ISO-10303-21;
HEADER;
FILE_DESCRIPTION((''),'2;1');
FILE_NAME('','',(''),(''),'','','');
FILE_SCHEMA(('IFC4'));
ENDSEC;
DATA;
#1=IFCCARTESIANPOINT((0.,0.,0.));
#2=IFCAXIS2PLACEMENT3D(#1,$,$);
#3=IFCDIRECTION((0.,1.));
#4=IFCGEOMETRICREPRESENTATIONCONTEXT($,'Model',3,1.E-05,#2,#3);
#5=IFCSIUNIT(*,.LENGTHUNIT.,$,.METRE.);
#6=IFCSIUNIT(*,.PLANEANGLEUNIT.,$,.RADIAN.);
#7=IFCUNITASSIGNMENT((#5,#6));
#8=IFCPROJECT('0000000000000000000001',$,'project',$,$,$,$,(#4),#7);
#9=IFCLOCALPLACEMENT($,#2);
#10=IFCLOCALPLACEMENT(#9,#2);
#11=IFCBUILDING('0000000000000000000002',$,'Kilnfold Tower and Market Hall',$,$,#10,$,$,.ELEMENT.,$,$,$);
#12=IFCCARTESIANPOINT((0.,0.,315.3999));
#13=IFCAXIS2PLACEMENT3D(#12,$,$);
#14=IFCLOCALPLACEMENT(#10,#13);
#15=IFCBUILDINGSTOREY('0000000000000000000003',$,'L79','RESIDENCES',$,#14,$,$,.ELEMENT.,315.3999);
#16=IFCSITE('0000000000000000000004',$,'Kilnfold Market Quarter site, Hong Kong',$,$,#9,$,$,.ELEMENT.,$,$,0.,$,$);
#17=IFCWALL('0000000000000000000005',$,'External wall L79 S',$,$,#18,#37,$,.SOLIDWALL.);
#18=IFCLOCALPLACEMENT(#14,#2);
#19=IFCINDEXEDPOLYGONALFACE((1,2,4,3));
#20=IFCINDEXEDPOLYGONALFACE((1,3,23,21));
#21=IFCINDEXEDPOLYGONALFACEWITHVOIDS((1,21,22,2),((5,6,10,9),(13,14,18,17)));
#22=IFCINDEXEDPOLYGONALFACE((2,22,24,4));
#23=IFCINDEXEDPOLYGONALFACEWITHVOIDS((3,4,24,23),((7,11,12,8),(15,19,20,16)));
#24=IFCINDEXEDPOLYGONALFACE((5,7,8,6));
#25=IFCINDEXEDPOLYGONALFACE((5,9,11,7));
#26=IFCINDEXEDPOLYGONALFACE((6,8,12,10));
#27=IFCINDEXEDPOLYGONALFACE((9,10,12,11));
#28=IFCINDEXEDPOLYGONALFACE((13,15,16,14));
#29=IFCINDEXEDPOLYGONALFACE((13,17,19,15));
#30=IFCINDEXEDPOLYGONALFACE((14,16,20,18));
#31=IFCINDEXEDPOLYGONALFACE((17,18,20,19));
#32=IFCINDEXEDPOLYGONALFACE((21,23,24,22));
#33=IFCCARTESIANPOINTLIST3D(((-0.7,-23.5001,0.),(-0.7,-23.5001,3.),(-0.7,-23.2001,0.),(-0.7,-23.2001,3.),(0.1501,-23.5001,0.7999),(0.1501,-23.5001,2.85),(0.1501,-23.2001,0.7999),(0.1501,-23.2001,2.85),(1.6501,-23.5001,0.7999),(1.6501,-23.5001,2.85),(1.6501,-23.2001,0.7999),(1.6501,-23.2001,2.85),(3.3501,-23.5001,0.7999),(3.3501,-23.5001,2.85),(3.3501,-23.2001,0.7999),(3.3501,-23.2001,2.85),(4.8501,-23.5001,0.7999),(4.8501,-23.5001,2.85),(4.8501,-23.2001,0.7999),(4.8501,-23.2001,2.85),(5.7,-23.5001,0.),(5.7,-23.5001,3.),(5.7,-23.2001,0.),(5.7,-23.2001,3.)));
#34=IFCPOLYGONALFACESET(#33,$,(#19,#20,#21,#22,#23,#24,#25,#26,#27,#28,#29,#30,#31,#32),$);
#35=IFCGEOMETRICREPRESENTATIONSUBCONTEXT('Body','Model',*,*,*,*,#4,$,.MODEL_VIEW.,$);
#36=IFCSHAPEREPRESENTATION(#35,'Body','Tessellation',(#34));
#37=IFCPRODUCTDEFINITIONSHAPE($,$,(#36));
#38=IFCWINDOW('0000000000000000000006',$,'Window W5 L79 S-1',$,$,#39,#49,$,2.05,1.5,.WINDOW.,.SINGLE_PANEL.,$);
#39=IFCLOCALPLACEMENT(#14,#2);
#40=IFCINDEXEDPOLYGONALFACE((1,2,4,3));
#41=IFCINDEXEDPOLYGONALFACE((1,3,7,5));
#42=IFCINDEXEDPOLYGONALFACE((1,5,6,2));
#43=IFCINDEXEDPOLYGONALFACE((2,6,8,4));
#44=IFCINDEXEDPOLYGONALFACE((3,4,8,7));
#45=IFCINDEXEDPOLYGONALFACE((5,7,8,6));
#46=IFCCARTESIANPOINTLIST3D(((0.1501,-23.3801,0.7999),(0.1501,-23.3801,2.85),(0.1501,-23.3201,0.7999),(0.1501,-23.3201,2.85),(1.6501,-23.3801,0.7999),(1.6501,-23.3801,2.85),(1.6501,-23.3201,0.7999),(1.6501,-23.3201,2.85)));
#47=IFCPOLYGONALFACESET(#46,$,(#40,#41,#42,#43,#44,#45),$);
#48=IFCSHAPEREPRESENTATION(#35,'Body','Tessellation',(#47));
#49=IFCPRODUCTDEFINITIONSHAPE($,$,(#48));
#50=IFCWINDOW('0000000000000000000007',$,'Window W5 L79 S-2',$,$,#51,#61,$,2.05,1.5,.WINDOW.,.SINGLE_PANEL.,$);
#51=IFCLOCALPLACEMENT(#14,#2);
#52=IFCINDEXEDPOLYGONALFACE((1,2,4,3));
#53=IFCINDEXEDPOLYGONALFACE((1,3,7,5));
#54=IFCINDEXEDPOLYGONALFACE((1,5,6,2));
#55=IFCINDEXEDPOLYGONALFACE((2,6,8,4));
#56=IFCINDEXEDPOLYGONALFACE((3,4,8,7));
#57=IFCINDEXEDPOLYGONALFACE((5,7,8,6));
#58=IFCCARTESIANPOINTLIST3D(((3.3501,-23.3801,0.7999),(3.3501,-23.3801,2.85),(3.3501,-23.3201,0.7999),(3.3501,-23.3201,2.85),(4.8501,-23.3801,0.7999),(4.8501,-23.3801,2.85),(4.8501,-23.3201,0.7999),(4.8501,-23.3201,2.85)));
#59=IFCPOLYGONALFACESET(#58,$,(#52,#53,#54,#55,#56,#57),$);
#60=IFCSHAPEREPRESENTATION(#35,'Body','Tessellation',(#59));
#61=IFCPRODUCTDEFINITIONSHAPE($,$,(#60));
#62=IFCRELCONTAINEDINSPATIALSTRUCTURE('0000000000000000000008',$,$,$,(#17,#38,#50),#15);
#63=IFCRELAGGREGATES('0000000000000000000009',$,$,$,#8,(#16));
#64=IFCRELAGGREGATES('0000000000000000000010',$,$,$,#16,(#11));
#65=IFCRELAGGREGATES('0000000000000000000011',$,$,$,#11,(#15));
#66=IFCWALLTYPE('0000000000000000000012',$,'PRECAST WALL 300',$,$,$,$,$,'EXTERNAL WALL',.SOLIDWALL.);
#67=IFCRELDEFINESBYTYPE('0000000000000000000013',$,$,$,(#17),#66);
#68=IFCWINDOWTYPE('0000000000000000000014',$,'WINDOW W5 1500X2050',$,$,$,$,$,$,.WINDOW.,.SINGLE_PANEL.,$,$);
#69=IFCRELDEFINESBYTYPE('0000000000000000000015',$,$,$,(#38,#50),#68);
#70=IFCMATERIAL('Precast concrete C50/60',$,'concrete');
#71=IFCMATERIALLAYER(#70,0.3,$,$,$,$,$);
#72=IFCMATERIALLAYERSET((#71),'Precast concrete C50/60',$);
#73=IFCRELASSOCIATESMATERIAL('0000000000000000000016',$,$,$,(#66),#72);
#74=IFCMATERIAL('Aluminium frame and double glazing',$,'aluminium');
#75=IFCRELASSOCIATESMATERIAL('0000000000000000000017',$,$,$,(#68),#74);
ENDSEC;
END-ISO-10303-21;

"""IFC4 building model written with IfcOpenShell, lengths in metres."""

from ifc_helpers import new_model, si_unit, direction, frame, frame_2d, origin, place, context, subcontext, project, spatial, rectangle, extrude, source, transform, mapped, material, layer, layer_set, type_object, element, fill, save


model = new_model("IFC4")

# Units and contexts
model_context = context("Model", 3, precision=1e-05, world=origin(), true_north=direction((0.0, 1.0)))
body_context = subcontext(model_context, "Body", "Model", "MODEL_VIEW")
ifc_project = project(units=[si_unit("LENGTHUNIT", "METRE"), si_unit("PLANEANGLEUNIT", "RADIAN")], contexts=[model_context])

# Site, building, storey
site_placement = place(None, origin())
site = spatial("IfcSite", under=ifc_project, at=site_placement, Name="Kilnfold Market Quarter site, Hong Kong", CompositionType="ELEMENT", RefElevation=0.0)
building_placement = place(site_placement, origin())
building = spatial("IfcBuilding", under=site, at=building_placement, Name="Kilnfold Tower and Market Hall", CompositionType="ELEMENT")
storey_placement = place(building_placement, frame((0.0, 0.0, 315.3999)))
storey = spatial("IfcBuildingStorey", under=building, at=storey_placement, Name="L79", Description="RESIDENCES", CompositionType="ELEMENT", Elevation=315.3999)

# Wall, openings, windows
ifc_material_1 = material(Name="Precast concrete C50/60", Category="concrete")
ifc_layer_1 = layer(ifc_material_1, 0.3)
ifc_layer_set_1 = layer_set([ifc_layer_1], Name="Precast concrete C50/60")
wall_type_1 = type_object("IfcWallType", Name="PRECAST WALL 300", ElementType="EXTERNAL WALL", PredefinedType="SOLIDWALL", material=ifc_layer_set_1)
shared_shape_1 = source(origin(), body_context, "Body", "SweptSolid", [
    extrude(rectangle(XDim=6.3999, YDim=0.3, at=frame_2d((3.2, 0.0))), origin(), (0.0, 0.0, 1.0), 3.0),
])
ifc_material_2 = material(Name="Aluminium frame and double glazing", Category="aluminium")
window_type = type_object("IfcWindowType", Name="WINDOW W5 1500X2050", PartitioningType="SINGLE_PANEL", PredefinedType="WINDOW", material=ifc_material_2)
wall_1_placement = place(storey_placement, frame((-0.7, -23.3501, 0.0), z_axis=(0.0, 0.0, 1.0), x_axis=(1.0, 0.0, 0.0)))
wall_1 = element("IfcWall", 1, at=wall_1_placement, inside=storey, type_object=wall_type_1, Name="External wall L79 S", PredefinedType="SOLIDWALL", context=body_context, shape_type="MappedRepresentation", body=[
    mapped(shared_shape_1, transform((0.0, 0.0, 0.0))),
])
opening_1_placement = place(wall_1_placement, frame((0.8501, 0.0, 0.8)))
opening_1 = element("IfcOpeningElement", 2, at=opening_1_placement, cuts=wall_1, PredefinedType="OPENING", context=body_context, shape_type="SweptSolid", body=[
    extrude(rectangle(XDim=1.5, YDim=2.05, at=frame_2d((0.75, 1.0249))), frame((0.0, 0.1602, 0.0), z_axis=(0.0, -1.0, 0.0), x_axis=(1.0, 0.0, 0.0)), (0.0, 0.0, 1.0), 0.3201),
])
opening_2_placement = place(wall_1_placement, frame((4.05, 0.0, 0.8)))
opening_2 = element("IfcOpeningElement", 3, at=opening_2_placement, cuts=wall_1, PredefinedType="OPENING", context=body_context, shape_type="SweptSolid", body=[
    extrude(rectangle(XDim=1.5, YDim=2.05, at=frame_2d((0.75, 1.0249))), frame((0.0, 0.1602, 0.0), z_axis=(0.0, -1.0, 0.0), x_axis=(1.0, 0.0, 0.0)), (0.0, 0.0, 1.0), 0.3201),
])
window_1_placement = place(opening_1_placement, origin())
window_1 = element("IfcWindow", 4, at=window_1_placement, inside=storey, type_object=window_type, Name="Window W5 L79 S-1", OverallHeight=2.05, OverallWidth=1.5, PartitioningType="SINGLE_PANEL", PredefinedType="WINDOW", context=body_context, shape_type="SweptSolid", body=[
    extrude(rectangle(XDim=1.5, YDim=2.05, at=frame_2d((0.75, 1.0249))), frame((0.0, 0.03, 0.0), z_axis=(0.0, -1.0, 0.0), x_axis=(1.0, 0.0, 0.0)), (0.0, 0.0, 1.0), 0.0601),
])
fill(opening_1, window_1)
window_2_placement = place(opening_2_placement, origin())
window_2 = element("IfcWindow", 5, at=window_2_placement, inside=storey, type_object=window_type, Name="Window W5 L79 S-2", OverallHeight=2.05, OverallWidth=1.5, PartitioningType="SINGLE_PANEL", PredefinedType="WINDOW", context=body_context, shape_type="SweptSolid", body=[
    extrude(rectangle(XDim=1.5, YDim=2.05, at=frame_2d((0.75, 1.0249))), frame((0.0, 0.03, 0.0), z_axis=(0.0, -1.0, 0.0), x_axis=(1.0, 0.0, 0.0)), (0.0, 0.0, 1.0), 0.0601),
])
fill(opening_2, window_2)

save(model, "model.ifc")
